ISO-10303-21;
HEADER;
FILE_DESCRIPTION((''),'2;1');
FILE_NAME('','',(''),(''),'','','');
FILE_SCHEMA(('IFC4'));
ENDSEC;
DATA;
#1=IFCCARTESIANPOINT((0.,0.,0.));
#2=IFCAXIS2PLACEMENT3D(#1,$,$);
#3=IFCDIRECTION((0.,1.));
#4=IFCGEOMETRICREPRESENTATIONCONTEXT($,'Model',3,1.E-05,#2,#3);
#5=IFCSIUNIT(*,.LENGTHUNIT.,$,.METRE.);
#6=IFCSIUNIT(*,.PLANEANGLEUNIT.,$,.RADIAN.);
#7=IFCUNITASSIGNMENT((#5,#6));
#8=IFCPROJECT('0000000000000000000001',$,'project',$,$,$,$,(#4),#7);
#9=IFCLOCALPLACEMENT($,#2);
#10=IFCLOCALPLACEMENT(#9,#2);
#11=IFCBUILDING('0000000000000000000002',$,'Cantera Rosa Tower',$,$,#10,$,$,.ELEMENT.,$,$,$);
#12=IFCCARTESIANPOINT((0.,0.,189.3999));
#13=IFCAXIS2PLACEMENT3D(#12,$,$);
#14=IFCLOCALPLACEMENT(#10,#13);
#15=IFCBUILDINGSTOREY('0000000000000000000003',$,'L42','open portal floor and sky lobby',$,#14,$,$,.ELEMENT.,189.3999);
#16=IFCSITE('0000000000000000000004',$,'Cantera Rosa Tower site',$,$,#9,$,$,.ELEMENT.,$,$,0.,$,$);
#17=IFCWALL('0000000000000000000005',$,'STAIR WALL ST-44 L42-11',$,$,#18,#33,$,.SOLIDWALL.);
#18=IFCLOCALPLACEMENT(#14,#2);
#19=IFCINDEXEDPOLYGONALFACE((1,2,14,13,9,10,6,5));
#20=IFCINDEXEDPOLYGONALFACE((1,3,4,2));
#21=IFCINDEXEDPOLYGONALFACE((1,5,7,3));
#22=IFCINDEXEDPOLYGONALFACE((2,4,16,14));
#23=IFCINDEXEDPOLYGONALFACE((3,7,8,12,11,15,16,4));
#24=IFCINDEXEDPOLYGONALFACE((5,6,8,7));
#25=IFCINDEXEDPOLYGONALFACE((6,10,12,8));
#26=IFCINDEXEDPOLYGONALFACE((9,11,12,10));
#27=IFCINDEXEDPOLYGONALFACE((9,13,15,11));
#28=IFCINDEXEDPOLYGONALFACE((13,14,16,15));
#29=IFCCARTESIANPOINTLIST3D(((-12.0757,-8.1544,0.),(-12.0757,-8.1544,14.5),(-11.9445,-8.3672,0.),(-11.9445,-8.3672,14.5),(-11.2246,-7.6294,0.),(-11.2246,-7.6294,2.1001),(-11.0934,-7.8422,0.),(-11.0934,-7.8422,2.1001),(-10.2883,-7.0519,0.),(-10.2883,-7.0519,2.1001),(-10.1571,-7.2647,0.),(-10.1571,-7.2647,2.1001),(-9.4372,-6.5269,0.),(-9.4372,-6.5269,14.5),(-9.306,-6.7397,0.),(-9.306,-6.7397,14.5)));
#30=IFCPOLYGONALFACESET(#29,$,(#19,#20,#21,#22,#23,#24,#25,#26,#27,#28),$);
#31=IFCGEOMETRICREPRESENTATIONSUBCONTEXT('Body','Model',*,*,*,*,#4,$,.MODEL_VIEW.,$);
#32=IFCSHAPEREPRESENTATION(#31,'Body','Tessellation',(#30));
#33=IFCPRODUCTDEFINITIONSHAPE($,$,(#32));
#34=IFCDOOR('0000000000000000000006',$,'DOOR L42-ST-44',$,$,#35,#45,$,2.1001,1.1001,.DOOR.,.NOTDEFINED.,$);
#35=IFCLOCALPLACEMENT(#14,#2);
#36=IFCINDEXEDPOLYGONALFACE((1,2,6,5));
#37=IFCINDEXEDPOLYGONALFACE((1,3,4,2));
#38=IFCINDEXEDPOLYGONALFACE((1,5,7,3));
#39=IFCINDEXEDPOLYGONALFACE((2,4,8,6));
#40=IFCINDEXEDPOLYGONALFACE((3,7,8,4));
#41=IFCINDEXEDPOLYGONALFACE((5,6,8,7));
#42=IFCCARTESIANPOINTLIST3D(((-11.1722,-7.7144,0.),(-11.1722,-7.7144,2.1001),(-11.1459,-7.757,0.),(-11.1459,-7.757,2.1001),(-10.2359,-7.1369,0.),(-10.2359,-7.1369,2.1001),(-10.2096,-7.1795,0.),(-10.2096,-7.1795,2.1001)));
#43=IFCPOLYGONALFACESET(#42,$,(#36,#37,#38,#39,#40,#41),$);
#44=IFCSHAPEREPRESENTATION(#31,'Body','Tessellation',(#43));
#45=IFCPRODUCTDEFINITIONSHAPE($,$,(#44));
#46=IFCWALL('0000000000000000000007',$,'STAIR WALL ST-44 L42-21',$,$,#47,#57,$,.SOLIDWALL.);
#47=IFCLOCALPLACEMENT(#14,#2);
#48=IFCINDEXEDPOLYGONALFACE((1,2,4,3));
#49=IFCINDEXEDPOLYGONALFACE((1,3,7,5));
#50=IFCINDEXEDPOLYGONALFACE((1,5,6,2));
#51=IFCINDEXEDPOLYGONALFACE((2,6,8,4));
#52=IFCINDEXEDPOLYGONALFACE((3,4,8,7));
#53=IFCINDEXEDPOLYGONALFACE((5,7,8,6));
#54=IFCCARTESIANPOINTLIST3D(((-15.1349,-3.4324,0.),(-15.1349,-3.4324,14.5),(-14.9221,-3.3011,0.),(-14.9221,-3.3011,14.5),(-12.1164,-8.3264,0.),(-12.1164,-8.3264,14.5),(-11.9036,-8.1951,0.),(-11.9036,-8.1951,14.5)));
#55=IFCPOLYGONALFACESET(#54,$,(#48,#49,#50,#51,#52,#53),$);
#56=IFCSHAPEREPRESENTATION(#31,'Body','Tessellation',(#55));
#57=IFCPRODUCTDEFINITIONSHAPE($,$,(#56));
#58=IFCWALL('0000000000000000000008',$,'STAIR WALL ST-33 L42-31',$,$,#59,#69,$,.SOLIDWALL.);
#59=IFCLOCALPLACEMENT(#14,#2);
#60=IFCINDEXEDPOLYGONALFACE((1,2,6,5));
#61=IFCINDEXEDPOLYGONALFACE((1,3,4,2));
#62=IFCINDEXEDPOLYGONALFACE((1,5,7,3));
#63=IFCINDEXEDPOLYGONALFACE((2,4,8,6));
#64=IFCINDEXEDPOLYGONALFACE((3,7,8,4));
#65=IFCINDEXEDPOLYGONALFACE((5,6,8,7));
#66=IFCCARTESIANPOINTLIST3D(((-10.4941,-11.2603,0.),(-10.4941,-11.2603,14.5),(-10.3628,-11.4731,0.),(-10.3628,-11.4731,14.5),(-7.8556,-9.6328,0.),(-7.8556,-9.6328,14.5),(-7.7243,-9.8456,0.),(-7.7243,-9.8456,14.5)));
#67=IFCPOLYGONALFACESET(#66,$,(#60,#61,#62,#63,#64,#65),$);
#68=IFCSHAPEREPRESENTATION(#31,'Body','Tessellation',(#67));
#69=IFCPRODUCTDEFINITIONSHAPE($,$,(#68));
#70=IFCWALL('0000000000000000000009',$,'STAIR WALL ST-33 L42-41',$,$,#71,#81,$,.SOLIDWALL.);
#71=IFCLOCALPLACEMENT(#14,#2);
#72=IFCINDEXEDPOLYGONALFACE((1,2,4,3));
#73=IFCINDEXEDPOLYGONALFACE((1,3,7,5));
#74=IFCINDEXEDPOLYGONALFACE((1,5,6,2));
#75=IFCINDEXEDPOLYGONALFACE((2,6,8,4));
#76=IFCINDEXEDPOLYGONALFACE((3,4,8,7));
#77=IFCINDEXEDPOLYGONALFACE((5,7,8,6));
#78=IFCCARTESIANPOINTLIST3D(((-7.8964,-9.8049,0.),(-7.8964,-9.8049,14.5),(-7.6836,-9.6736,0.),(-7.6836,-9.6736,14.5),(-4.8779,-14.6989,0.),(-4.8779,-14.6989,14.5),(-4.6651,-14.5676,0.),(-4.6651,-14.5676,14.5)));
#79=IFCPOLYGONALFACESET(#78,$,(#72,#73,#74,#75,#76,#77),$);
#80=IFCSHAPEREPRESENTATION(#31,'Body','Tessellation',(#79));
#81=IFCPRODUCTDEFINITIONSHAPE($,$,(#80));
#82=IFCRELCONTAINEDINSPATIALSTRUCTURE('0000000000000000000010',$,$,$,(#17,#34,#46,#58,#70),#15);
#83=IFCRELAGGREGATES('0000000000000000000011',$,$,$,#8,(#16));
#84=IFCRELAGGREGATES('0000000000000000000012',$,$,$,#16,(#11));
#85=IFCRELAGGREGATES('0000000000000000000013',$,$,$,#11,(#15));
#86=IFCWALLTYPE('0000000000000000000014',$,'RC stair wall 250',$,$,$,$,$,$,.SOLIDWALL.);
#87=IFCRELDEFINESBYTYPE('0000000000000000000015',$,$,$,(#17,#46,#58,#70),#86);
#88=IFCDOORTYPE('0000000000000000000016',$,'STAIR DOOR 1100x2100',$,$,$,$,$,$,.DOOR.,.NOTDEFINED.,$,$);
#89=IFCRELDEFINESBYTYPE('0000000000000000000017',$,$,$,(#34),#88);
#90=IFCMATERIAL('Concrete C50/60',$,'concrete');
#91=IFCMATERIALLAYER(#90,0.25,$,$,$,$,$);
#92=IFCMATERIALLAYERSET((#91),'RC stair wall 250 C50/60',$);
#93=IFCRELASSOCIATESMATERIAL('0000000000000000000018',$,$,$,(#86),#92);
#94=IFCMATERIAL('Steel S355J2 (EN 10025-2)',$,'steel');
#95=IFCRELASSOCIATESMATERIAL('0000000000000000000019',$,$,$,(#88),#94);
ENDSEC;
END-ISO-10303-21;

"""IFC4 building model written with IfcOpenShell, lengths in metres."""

from ifc_helpers import new_model, si_unit, direction, frame, frame_2d, origin, place, context, subcontext, project, spatial, rectangle, extrude, material, layer, layer_set, type_object, element, fill, save


model = new_model("IFC4")

# Units and contexts
model_context = context("Model", 3, precision=1e-05, world=origin(), true_north=direction((0.0, 1.0)))
body_context = subcontext(model_context, "Body", "Model", "MODEL_VIEW")
ifc_project = project(units=[si_unit("LENGTHUNIT", "METRE"), si_unit("PLANEANGLEUNIT", "RADIAN")], contexts=[model_context])

# Site, building, storey
site_placement = place(None, origin())
site = spatial("IfcSite", under=ifc_project, at=site_placement, Name="Cantera Rosa Tower site", CompositionType="ELEMENT", RefElevation=0.0)
building_placement = place(site_placement, origin())
building = spatial("IfcBuilding", under=site, at=building_placement, Name="Cantera Rosa Tower", CompositionType="ELEMENT")
storey_placement = place(building_placement, frame((0.0, 0.0, 189.3999)))
storey = spatial("IfcBuildingStorey", under=building, at=storey_placement, Name="L42", Description="open portal floor and sky lobby", CompositionType="ELEMENT", Elevation=189.3999)

# Wall, opening, door
ifc_material_1 = material(Name="Concrete C50/60", Category="concrete")
ifc_layer_1 = layer(ifc_material_1, 0.25)
ifc_layer_set_1 = layer_set([ifc_layer_1], Name="RC stair wall 250 C50/60")
wall_type_1 = type_object("IfcWallType", Name="RC stair wall 250", PredefinedType="SOLIDWALL", material=ifc_layer_set_1)
wall_1_placement = place(storey_placement, frame((-9.3716, -6.6333, 0.0), z_axis=(0.0, 0.0, 1.0), x_axis=(-0.851112, -0.524985, 0.0)))
wall_1 = element("IfcWall", 1, at=wall_1_placement, inside=storey, type_object=wall_type_1, Name="STAIR WALL ST-44 L42-11", PredefinedType="SOLIDWALL", context=body_context, shape_type="SweptSolid", body=[
    extrude(rectangle(XDim=3.1001, YDim=0.25, at=frame_2d((1.55, 0.0))), origin(), (0.0, 0.0, 1.0), 14.5),
])
opening_1_placement = place(wall_1_placement, frame((1.0, 0.0, 0.0)))
opening_1 = element("IfcOpeningElement", 2, at=opening_1_placement, cuts=wall_1, PredefinedType="OPENING", context=body_context, shape_type="SweptSolid", body=[
    extrude(rectangle(XDim=1.1001, YDim=2.1001, at=frame_2d((0.55, 1.05))), frame((0.0, 0.135, 0.0), z_axis=(0.0, -1.0, 0.0), x_axis=(1.0, 0.0, 0.0)), (0.0, 0.0, 1.0), 0.27),
])
ifc_material_2 = material(Name="Steel S355J2 (EN 10025-2)", Category="steel")
door_type_1 = type_object("IfcDoorType", Name="STAIR DOOR 1100x2100", OperationType="NOTDEFINED", PredefinedType="DOOR", material=ifc_material_2)
door_1_placement = place(opening_1_placement, origin())
door_1 = element("IfcDoor", 3, at=door_1_placement, inside=storey, type_object=door_type_1, Name="DOOR L42-ST-44", OperationType="NOTDEFINED", OverallHeight=2.1001, OverallWidth=1.1001, PredefinedType="DOOR", context=body_context, shape_type="SweptSolid", body=[
    extrude(rectangle(XDim=1.1001, YDim=2.1001, at=frame_2d((0.55, 1.05))), frame((0.0, 0.0249, 0.0), z_axis=(0.0, -1.0, 0.0), x_axis=(1.0, 0.0, 0.0)), (0.0, 0.0, 1.0), 0.05),
])
fill(opening_1, door_1)

# Walls
wall_2_placement = place(storey_placement, frame((-12.01, -8.2607, 0.0), z_axis=(0.0, 0.0, 1.0), x_axis=(-0.524959, 0.851127, 0.0)))
element("IfcWall", 4, at=wall_2_placement, inside=storey, type_object=wall_type_1, Name="STAIR WALL ST-44 L42-21", PredefinedType="SOLIDWALL", context=body_context, shape_type="SweptSolid", body=[
    extrude(rectangle(XDim=5.75, YDim=0.25, at=frame_2d((2.875, 0.0))), origin(), (0.0, 0.0, 1.0), 14.5),
])
wall_3_placement = place(storey_placement, frame((-10.4285, -11.3667, 0.0), z_axis=(0.0, 0.0, 1.0), x_axis=(0.851112, 0.524985, 0.0)))
element("IfcWall", 5, at=wall_3_placement, inside=storey, type_object=wall_type_1, Name="STAIR WALL ST-33 L42-31", PredefinedType="SOLIDWALL", context=body_context, shape_type="SweptSolid", body=[
    extrude(rectangle(XDim=3.1001, YDim=0.25, at=frame_2d((1.55, 0.0))), origin(), (0.0, 0.0, 1.0), 14.5),
])
wall_4_placement = place(storey_placement, frame((-7.79, -9.7393, 0.0), z_axis=(0.0, 0.0, 1.0), x_axis=(0.524959, -0.851127, 0.0)))
element("IfcWall", 6, at=wall_4_placement, inside=storey, type_object=wall_type_1, Name="STAIR WALL ST-33 L42-41", PredefinedType="SOLIDWALL", context=body_context, shape_type="SweptSolid", body=[
    extrude(rectangle(XDim=5.75, YDim=0.25, at=frame_2d((2.875, 0.0))), origin(), (0.0, 0.0, 1.0), 14.5),
])

save(model, "model.ifc")
